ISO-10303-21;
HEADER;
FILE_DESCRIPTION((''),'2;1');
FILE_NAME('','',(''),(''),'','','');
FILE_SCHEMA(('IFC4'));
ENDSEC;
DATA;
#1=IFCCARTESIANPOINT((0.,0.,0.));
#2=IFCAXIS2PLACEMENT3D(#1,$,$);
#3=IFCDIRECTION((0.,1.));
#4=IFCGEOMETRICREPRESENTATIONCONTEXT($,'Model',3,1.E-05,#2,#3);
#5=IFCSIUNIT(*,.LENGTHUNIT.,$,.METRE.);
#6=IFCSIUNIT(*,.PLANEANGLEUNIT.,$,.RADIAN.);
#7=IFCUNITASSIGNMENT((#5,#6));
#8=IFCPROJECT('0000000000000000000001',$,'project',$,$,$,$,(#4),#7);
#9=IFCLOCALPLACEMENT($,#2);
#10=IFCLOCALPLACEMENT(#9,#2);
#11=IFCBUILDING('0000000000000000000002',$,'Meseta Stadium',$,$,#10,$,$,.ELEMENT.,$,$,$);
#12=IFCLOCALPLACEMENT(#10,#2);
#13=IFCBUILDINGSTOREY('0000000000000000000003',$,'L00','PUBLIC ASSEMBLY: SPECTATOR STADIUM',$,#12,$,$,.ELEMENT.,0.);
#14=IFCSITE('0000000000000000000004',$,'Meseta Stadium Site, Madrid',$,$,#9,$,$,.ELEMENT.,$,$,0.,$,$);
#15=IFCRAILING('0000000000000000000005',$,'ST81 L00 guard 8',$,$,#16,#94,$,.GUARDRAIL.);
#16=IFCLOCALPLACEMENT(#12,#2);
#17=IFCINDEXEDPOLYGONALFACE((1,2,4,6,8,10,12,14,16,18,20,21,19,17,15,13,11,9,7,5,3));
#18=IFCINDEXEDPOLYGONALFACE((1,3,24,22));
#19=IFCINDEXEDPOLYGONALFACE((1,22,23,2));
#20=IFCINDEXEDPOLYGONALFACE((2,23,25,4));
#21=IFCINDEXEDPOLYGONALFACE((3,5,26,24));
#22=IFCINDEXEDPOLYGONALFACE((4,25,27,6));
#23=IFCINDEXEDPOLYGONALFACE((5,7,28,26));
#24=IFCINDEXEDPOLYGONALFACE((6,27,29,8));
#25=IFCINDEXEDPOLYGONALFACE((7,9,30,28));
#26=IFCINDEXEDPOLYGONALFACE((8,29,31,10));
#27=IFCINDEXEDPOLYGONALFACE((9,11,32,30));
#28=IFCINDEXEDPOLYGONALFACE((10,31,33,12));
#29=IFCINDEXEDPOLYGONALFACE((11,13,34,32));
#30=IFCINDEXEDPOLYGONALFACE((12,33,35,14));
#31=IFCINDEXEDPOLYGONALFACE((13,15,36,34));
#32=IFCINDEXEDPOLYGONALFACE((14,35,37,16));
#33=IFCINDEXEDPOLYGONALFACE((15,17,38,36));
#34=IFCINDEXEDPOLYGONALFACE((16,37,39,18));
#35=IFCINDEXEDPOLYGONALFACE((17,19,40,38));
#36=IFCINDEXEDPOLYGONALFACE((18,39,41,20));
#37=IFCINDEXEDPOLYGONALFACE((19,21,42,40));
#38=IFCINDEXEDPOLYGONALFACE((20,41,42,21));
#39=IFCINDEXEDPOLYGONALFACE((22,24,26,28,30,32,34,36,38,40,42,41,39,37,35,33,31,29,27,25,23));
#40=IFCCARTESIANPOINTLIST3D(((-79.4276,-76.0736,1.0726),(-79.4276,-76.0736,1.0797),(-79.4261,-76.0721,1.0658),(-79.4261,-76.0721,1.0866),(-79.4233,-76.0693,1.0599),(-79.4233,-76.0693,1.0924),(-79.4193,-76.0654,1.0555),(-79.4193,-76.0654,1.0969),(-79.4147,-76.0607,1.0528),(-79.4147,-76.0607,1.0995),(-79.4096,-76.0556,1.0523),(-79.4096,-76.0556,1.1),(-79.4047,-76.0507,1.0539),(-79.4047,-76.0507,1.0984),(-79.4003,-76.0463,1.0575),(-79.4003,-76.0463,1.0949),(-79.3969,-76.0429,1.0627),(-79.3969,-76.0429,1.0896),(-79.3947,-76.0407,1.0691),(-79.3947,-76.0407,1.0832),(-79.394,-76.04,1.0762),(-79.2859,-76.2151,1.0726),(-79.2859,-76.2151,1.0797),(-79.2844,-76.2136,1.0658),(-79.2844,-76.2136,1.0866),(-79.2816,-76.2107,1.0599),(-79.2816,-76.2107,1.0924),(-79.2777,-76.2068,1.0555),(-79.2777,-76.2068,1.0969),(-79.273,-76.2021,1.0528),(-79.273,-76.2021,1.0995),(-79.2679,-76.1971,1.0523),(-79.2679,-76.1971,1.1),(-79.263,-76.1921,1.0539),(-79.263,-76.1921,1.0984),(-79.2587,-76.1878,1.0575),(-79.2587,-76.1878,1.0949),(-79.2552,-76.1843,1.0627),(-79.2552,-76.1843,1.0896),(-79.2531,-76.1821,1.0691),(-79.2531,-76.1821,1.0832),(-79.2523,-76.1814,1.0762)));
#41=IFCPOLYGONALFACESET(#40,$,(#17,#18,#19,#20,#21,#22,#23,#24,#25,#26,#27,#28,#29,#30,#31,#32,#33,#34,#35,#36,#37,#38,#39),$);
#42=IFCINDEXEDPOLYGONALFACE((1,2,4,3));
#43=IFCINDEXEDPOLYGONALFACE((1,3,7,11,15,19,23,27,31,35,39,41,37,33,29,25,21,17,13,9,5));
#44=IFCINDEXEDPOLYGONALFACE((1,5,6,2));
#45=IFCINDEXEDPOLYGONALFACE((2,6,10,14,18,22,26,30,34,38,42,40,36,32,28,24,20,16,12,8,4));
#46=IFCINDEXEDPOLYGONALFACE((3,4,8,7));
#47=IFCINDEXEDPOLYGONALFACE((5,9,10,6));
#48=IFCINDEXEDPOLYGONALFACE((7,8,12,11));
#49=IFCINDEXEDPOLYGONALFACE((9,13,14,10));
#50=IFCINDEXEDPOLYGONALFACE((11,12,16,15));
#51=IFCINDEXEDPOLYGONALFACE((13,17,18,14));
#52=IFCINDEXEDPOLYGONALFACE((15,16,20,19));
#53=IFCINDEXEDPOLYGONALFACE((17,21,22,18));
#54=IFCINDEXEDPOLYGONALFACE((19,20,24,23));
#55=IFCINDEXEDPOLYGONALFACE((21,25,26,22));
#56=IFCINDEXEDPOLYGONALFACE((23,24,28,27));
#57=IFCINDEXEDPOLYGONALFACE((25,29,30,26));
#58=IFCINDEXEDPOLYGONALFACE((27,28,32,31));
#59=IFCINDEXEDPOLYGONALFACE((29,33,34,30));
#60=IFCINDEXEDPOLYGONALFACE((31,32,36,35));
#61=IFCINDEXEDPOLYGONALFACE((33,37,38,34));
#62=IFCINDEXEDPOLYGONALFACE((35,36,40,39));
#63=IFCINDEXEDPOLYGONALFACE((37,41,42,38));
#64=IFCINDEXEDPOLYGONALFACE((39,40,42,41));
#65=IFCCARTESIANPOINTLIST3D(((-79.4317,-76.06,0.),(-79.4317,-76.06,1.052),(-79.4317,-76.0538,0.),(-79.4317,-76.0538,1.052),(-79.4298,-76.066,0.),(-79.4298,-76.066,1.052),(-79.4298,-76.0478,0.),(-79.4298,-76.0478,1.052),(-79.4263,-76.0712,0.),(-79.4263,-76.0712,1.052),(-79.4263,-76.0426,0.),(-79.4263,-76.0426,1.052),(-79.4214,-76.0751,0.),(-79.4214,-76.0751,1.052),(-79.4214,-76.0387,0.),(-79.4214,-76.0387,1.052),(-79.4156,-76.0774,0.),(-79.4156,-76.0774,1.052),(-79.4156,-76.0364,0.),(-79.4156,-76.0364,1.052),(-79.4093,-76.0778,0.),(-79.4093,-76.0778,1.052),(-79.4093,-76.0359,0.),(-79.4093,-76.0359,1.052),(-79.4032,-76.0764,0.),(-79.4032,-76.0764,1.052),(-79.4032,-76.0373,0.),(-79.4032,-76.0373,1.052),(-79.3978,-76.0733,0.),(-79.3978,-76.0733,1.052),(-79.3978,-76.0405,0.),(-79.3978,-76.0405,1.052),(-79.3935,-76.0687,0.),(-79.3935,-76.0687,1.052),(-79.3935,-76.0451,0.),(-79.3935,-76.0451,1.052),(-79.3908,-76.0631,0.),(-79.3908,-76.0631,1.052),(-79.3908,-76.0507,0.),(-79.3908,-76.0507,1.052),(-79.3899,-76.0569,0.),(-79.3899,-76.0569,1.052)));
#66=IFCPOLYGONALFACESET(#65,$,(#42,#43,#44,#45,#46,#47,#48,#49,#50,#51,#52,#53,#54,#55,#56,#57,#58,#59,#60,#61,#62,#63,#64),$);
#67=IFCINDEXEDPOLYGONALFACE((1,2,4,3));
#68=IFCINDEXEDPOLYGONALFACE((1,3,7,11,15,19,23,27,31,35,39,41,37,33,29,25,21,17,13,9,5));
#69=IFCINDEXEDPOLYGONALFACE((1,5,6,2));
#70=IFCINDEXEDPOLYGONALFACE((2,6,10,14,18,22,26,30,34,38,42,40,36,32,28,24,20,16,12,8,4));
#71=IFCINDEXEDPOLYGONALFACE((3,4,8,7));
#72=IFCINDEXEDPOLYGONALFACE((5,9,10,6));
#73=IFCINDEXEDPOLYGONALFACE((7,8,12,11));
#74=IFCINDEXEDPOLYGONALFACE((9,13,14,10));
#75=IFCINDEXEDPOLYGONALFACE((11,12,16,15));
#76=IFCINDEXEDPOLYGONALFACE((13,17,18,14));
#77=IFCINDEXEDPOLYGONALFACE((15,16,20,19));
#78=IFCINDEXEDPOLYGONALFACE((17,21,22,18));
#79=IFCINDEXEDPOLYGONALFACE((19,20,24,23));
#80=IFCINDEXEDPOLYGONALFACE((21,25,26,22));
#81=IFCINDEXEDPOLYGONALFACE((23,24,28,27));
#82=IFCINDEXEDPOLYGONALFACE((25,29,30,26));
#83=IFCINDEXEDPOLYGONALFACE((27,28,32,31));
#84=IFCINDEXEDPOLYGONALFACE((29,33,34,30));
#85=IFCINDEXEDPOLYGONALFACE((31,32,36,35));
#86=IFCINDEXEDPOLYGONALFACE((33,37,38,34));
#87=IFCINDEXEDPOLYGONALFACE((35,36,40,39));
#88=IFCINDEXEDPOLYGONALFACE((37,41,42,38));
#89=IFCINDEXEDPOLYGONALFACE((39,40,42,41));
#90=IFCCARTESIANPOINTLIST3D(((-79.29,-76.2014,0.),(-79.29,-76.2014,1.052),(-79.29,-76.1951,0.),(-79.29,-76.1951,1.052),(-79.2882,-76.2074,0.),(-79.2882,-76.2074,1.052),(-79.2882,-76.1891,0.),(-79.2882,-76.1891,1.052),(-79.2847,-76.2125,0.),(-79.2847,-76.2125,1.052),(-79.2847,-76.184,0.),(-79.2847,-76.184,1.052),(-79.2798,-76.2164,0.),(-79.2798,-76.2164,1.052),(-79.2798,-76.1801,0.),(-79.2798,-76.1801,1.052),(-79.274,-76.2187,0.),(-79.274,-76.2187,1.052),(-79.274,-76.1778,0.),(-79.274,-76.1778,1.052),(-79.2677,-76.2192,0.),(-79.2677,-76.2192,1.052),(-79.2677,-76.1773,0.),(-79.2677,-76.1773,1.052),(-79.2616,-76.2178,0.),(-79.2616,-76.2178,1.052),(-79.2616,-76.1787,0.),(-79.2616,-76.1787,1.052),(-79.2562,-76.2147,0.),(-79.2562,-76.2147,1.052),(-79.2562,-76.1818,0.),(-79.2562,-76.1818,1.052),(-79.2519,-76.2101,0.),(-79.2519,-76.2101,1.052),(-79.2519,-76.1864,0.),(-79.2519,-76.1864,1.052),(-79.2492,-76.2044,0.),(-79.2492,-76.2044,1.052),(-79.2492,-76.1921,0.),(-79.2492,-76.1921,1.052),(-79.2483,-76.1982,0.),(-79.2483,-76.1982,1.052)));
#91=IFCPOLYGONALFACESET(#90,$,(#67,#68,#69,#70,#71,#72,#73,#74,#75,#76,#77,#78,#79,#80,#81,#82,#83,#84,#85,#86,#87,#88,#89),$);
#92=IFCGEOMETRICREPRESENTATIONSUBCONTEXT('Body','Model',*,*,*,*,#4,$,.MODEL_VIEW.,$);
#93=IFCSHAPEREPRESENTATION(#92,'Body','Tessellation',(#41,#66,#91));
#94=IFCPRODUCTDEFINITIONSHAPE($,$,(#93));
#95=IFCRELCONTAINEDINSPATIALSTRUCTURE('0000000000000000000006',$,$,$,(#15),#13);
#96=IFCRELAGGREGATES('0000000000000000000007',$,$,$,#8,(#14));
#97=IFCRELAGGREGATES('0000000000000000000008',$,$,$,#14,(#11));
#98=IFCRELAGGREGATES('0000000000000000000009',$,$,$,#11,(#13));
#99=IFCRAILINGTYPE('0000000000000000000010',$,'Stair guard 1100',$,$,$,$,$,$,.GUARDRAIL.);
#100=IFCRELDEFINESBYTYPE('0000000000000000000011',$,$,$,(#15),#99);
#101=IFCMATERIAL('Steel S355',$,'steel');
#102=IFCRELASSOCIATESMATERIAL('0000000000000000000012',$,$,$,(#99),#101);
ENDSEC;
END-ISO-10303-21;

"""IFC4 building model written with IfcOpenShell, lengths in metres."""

from ifc_helpers import new_model, si_unit, direction, frame, origin, origin_2d, place, context, subcontext, project, spatial, circle, extrude, material, type_object, element, save


model = new_model("IFC4")

# Units and contexts
model_context = context("Model", 3, precision=1e-05, world=origin(), true_north=direction((0.0, 1.0)))
body_context = subcontext(model_context, "Body", "Model", "MODEL_VIEW")
ifc_project = project(units=[si_unit("LENGTHUNIT", "METRE"), si_unit("PLANEANGLEUNIT", "RADIAN")], contexts=[model_context])

# Site, building, storey
site_placement = place(None, origin())
site = spatial("IfcSite", under=ifc_project, at=site_placement, Name="Meseta Stadium Site, Madrid", CompositionType="ELEMENT", RefElevation=0.0)
building_placement = place(site_placement, origin())
building = spatial("IfcBuilding", under=site, at=building_placement, Name="Meseta Stadium", CompositionType="ELEMENT")
storey_placement = place(building_placement, origin())
storey = spatial("IfcBuildingStorey", under=building, at=storey_placement, Name="L00", Description="PUBLIC ASSEMBLY: SPECTATOR STADIUM", CompositionType="ELEMENT", Elevation=0.0)

# Railing
ifc_material_1 = material(Name="Steel S355", Category="steel")
railing_type_1 = type_object("IfcRailingType", Name="Stair guard 1100", PredefinedType="GUARDRAIL", material=ifc_material_1)
railing_1_placement = place(storey_placement, frame((-79.4109, -76.0569, 0.0)))
element("IfcRailing", 1, at=railing_1_placement, inside=storey, type_object=railing_type_1, Name="ST81 L00 guard 8", PredefinedType="GUARDRAIL", context=body_context, shape_type="SweptSolid", body=[
    extrude(circle(Radius=0.0239, at=origin_2d()), frame((0.0, 0.0, 1.0762), z_axis=(0.707717, -0.706496, 0.0), x_axis=(0.706496, 0.707717, 0.0)), (0.0, 0.0, 1.0), 0.2002),
    extrude(circle(Radius=0.021, at=origin_2d()), origin(), (0.0, 0.0, 1.0), 1.052),
    extrude(circle(Radius=0.021, at=origin_2d()), frame((0.1416, -0.1414, 0.0)), (0.0, 0.0, 1.0), 1.052),
])

save(model, "model.ifc")
